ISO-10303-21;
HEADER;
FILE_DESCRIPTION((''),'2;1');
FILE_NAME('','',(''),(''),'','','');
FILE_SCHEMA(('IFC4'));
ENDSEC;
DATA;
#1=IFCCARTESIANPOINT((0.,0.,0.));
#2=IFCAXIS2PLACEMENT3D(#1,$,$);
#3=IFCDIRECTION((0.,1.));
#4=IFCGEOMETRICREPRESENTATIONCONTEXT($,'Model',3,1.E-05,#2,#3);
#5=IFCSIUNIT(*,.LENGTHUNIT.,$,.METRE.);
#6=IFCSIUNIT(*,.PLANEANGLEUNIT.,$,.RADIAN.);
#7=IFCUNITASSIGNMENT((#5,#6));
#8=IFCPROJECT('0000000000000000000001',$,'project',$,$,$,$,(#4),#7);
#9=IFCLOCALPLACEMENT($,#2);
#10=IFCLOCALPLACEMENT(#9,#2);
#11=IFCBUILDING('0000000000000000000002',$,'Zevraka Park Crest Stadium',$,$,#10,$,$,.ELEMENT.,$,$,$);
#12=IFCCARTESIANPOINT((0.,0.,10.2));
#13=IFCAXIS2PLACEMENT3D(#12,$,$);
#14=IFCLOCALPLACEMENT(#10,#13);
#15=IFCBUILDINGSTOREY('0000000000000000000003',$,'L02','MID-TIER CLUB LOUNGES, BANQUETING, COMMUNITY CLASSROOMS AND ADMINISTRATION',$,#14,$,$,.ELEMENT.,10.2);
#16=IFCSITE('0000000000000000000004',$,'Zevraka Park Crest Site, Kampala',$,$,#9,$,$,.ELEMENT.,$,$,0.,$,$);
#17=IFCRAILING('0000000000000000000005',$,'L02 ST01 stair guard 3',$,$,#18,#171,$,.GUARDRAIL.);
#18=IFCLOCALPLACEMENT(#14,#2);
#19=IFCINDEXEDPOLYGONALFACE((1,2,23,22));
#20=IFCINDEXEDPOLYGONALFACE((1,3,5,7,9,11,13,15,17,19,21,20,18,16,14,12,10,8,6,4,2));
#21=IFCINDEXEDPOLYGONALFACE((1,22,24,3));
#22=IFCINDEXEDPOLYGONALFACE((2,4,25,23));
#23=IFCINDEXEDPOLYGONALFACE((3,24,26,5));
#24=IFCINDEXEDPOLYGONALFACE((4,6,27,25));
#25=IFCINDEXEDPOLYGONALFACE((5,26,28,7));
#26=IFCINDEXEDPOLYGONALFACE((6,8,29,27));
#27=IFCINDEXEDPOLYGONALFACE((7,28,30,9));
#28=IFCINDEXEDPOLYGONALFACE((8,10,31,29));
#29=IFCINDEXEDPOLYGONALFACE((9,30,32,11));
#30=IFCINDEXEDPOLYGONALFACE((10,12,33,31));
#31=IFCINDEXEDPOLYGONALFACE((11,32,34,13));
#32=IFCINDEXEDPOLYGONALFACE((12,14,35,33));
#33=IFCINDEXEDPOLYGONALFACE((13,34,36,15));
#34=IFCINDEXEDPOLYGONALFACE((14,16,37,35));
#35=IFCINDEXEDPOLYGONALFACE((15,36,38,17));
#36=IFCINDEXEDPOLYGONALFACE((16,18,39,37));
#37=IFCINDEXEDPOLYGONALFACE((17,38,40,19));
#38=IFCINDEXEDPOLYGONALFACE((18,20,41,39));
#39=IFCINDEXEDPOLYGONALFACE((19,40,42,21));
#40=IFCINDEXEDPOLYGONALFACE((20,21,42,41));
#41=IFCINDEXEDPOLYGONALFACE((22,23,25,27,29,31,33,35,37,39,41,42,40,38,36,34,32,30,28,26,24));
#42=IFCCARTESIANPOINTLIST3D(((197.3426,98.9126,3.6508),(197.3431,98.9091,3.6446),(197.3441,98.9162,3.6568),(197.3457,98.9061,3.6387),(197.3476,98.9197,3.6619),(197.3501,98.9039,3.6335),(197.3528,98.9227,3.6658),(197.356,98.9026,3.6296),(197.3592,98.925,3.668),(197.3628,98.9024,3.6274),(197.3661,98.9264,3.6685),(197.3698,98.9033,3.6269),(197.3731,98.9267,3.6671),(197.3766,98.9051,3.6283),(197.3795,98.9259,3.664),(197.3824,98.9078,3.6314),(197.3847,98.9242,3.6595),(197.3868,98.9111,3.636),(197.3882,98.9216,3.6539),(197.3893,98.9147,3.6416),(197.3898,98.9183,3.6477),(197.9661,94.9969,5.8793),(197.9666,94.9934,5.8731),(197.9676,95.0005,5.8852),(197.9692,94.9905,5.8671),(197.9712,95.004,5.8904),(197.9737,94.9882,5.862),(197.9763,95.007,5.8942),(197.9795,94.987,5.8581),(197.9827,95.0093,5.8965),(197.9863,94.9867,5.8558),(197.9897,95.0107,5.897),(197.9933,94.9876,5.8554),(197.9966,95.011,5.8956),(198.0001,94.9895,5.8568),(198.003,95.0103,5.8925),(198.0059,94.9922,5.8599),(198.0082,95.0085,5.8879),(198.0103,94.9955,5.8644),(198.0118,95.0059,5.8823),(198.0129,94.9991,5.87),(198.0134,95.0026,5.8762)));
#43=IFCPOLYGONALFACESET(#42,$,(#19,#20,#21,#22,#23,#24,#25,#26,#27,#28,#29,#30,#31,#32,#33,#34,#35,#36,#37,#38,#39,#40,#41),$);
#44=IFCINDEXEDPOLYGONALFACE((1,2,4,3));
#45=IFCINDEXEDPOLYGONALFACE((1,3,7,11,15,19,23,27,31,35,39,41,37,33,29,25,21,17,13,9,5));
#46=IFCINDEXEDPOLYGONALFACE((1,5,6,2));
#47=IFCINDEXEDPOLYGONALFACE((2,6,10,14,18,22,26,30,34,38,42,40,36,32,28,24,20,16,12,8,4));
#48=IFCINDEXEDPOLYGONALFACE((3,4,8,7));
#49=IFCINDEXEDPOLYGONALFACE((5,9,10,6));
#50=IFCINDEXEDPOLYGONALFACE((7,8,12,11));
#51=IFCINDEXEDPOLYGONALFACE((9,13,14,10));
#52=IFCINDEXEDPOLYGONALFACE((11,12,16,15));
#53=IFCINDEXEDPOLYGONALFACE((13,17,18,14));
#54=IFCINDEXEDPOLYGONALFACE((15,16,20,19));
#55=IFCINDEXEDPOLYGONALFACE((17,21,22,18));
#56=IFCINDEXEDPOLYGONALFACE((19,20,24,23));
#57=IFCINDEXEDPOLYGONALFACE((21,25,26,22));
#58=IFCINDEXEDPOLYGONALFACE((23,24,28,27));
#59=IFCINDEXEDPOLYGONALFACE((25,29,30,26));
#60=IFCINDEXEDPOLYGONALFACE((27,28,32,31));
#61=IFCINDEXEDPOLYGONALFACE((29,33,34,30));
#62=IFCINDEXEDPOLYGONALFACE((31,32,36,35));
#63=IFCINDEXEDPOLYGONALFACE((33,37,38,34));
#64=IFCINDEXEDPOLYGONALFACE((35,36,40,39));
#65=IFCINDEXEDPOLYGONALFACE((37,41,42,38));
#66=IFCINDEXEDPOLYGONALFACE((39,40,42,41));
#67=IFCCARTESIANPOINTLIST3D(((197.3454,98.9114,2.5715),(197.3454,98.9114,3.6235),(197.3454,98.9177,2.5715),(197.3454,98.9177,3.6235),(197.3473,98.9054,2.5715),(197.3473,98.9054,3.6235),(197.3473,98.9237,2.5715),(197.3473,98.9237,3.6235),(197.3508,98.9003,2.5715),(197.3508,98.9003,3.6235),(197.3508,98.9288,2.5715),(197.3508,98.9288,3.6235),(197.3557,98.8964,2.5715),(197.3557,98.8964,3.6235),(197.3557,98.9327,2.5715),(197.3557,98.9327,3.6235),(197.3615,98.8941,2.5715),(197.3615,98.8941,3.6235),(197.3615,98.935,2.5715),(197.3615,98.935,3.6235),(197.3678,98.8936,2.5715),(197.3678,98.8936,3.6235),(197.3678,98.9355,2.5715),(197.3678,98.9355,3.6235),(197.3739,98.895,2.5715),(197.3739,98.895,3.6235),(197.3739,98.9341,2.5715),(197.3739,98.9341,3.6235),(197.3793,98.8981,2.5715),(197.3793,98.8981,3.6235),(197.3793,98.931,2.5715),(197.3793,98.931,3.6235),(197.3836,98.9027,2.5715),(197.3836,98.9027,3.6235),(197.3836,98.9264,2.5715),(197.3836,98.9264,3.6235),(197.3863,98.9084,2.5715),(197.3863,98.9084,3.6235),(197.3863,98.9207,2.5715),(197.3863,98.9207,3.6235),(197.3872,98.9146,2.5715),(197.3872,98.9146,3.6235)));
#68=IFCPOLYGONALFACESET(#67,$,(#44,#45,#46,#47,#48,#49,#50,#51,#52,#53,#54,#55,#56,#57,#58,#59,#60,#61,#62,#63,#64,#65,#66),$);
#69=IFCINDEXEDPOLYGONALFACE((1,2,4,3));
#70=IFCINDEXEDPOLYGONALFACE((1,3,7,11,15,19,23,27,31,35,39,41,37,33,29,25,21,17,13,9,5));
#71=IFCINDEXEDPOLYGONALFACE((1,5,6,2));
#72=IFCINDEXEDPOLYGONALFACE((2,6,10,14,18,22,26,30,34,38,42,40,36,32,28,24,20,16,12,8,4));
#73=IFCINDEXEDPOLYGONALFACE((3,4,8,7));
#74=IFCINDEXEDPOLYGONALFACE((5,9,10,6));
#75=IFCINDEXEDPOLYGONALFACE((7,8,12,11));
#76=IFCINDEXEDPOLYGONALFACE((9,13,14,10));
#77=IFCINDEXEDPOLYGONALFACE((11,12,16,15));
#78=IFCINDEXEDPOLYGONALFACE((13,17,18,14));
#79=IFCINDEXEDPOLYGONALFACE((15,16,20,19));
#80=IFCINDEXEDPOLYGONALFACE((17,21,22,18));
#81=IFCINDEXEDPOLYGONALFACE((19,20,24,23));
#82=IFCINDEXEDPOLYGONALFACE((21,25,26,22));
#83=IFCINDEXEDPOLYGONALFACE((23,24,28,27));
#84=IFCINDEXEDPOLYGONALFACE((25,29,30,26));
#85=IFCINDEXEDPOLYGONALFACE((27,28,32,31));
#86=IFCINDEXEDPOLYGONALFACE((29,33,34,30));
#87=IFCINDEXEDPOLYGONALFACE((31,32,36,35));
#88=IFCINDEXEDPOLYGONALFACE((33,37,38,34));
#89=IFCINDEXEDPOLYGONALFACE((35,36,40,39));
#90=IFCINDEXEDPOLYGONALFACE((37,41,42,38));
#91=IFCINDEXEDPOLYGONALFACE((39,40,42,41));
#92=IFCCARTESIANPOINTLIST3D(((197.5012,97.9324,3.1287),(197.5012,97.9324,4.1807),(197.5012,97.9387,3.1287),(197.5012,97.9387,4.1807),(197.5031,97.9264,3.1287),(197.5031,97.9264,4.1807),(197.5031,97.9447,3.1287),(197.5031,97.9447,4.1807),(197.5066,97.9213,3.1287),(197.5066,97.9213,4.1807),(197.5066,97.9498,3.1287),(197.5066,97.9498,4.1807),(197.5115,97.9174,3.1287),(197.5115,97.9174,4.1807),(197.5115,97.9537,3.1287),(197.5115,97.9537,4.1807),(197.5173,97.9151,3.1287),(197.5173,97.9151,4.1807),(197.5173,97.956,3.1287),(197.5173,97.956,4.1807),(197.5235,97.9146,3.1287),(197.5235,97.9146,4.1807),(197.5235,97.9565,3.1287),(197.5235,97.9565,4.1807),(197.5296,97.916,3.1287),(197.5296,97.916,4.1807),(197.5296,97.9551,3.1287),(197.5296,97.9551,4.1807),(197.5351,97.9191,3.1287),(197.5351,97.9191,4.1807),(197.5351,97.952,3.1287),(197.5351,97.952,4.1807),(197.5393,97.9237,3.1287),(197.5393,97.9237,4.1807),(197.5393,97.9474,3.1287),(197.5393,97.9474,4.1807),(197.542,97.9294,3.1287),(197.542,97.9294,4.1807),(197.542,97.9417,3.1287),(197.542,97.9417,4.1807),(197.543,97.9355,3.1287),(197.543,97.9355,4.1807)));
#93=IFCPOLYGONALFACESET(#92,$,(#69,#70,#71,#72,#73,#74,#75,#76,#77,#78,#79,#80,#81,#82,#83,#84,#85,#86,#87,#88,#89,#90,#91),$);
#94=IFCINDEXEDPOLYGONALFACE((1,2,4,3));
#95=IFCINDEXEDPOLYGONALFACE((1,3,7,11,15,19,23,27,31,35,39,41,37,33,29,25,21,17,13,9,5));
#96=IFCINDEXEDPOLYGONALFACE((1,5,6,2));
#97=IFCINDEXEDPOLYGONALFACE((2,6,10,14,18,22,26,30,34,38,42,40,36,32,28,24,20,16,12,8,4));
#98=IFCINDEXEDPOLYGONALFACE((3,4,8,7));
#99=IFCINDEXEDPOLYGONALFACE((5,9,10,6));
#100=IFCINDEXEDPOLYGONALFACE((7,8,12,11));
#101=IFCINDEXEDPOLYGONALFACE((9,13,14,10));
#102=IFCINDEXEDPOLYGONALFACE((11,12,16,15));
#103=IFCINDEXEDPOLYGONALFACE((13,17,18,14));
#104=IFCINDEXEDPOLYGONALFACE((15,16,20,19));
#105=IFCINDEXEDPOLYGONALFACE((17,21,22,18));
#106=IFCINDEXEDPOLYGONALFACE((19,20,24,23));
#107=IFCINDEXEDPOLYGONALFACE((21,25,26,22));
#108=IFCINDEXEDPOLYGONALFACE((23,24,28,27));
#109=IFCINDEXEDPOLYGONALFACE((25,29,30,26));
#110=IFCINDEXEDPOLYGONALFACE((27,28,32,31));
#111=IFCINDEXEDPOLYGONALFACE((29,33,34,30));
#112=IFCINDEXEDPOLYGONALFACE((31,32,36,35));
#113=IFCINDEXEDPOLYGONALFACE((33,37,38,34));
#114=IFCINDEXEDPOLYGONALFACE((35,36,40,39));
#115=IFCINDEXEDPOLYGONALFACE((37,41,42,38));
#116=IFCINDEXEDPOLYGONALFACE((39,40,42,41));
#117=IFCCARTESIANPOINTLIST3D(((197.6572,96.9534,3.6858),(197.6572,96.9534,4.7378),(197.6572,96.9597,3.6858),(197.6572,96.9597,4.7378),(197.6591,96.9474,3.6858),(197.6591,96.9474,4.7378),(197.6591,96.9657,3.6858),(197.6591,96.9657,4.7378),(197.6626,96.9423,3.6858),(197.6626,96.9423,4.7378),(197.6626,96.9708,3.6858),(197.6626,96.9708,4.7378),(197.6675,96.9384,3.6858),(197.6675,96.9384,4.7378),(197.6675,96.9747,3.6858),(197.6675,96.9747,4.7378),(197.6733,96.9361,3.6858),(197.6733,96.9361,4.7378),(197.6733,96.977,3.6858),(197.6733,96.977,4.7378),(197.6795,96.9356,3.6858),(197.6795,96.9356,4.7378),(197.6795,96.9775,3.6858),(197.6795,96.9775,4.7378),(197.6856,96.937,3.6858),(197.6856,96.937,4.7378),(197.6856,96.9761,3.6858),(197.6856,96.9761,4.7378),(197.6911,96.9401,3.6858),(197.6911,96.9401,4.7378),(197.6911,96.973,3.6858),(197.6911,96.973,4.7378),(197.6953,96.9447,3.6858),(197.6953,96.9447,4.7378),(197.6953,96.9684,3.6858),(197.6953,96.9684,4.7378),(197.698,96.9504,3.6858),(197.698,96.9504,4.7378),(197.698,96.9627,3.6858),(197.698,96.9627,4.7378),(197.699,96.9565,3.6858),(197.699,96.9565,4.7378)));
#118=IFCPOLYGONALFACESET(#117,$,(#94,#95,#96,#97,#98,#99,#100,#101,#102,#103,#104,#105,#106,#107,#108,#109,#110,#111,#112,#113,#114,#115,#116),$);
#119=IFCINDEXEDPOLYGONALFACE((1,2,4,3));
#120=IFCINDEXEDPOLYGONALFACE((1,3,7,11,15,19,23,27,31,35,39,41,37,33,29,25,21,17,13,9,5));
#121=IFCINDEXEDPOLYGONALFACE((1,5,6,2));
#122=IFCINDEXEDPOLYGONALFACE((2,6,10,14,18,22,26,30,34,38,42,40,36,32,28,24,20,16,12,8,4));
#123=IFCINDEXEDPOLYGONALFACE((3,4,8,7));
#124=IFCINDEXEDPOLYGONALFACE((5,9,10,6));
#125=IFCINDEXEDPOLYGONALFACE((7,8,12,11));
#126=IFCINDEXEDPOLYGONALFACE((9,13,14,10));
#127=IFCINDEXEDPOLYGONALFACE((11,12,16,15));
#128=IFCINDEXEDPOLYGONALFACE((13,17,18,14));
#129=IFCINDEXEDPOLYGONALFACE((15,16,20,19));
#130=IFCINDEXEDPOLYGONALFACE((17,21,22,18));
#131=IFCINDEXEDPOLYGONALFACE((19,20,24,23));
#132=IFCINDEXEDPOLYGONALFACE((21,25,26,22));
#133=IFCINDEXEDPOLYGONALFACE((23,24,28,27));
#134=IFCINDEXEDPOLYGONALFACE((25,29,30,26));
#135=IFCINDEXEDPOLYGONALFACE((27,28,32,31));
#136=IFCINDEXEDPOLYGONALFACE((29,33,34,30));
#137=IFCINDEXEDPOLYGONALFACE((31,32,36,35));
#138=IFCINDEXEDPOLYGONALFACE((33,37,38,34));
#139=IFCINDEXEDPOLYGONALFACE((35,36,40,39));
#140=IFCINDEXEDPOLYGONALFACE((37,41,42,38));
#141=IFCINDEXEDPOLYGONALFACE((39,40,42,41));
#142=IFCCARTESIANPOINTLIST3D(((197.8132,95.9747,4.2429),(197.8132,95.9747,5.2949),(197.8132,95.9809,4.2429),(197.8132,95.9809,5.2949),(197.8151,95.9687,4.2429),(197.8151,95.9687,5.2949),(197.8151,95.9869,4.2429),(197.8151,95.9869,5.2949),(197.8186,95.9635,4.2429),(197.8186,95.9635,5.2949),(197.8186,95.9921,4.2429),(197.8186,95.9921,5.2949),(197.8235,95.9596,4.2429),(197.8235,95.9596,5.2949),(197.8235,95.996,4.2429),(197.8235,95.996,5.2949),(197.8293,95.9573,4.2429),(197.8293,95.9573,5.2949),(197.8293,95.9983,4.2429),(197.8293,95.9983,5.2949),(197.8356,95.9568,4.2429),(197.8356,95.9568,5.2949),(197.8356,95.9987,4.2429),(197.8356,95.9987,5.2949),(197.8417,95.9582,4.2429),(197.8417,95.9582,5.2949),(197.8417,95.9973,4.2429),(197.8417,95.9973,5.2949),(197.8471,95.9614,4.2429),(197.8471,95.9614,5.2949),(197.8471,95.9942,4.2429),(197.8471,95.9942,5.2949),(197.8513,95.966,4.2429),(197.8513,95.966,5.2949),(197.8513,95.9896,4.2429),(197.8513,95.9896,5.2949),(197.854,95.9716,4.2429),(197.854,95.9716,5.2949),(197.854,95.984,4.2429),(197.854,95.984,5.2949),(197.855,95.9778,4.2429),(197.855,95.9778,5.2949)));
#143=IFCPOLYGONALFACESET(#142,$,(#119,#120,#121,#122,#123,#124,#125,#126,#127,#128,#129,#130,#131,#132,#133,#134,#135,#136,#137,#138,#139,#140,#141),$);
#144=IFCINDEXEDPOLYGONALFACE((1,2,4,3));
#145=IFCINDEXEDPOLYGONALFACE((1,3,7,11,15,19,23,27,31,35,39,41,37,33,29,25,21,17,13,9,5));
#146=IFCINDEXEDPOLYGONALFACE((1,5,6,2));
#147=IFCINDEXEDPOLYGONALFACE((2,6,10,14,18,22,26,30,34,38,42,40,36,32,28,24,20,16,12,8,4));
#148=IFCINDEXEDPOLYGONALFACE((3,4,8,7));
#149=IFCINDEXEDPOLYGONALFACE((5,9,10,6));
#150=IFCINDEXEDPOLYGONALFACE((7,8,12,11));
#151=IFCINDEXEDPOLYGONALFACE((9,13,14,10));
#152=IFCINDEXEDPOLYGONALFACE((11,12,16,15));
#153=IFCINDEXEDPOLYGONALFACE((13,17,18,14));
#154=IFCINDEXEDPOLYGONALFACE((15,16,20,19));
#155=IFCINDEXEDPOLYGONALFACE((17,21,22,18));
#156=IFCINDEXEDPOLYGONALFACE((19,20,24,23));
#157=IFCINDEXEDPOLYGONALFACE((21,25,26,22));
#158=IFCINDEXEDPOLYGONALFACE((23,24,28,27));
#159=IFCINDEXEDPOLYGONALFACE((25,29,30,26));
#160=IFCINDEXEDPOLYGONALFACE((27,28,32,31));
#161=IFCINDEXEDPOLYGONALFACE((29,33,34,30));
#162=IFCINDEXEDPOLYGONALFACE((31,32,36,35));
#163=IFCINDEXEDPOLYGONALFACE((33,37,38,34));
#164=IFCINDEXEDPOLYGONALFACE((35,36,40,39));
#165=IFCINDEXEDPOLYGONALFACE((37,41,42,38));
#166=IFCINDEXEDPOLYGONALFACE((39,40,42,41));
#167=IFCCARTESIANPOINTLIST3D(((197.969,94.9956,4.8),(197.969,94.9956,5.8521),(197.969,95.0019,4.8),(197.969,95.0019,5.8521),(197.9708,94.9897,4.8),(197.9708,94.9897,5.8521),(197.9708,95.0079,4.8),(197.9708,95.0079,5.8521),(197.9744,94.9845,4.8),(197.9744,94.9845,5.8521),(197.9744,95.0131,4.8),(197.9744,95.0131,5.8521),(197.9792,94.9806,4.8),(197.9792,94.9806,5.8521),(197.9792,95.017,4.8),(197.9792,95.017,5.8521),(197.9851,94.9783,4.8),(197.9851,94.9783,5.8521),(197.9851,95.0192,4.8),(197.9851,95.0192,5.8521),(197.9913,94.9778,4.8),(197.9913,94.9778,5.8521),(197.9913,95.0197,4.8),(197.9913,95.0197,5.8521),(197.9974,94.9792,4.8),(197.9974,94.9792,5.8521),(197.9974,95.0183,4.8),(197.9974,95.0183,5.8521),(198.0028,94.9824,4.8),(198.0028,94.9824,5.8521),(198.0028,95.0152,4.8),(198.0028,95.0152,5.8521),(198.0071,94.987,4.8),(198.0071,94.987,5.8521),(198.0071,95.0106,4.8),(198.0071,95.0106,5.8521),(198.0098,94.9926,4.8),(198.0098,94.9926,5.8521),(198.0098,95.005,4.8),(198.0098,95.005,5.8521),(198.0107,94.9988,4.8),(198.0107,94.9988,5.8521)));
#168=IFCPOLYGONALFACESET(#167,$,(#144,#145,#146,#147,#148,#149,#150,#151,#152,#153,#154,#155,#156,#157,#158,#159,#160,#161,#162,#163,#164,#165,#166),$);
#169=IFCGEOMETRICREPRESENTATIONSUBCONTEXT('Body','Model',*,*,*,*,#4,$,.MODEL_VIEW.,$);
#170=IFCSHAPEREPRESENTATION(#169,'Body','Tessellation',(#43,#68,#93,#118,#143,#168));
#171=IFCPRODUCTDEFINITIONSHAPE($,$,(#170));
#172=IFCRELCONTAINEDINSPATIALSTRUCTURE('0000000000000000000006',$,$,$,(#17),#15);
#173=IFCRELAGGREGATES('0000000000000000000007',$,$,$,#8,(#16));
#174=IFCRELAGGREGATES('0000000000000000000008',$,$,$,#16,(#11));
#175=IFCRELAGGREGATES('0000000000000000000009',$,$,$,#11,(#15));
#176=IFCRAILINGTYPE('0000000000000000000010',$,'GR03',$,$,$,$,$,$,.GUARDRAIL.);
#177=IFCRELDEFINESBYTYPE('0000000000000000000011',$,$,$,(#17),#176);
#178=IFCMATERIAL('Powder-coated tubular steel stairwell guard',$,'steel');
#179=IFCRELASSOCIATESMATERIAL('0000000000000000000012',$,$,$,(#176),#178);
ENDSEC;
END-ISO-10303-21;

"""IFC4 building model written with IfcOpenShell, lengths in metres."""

from ifc_helpers import new_model, si_unit, direction, frame, origin, origin_2d, place, context, subcontext, project, spatial, circle, extrude, material, type_object, element, save


model = new_model("IFC4")

# Units and contexts
model_context = context("Model", 3, precision=1e-05, world=origin(), true_north=direction((0.0, 1.0)))
body_context = subcontext(model_context, "Body", "Model", "MODEL_VIEW")
ifc_project = project(units=[si_unit("LENGTHUNIT", "METRE"), si_unit("PLANEANGLEUNIT", "RADIAN")], contexts=[model_context])

# Site, building, storey
site_placement = place(None, origin())
site = spatial("IfcSite", under=ifc_project, at=site_placement, Name="Zevraka Park Crest Site, Kampala", CompositionType="ELEMENT", RefElevation=0.0)
building_placement = place(site_placement, origin())
building = spatial("IfcBuilding", under=site, at=building_placement, Name="Zevraka Park Crest Stadium", CompositionType="ELEMENT")
storey_placement = place(building_placement, frame((0.0, 0.0, 10.2)))
storey = spatial("IfcBuildingStorey", under=building, at=storey_placement, Name="L02", Description="MID-TIER CLUB LOUNGES, BANQUETING, COMMUNITY CLASSROOMS AND ADMINISTRATION", CompositionType="ELEMENT", Elevation=10.2)

# Railing
ifc_material_1 = material(Name="Powder-coated tubular steel stairwell guard", Category="steel")
railing_type = type_object("IfcRailingType", Name="GR03", PredefinedType="GUARDRAIL", material=ifc_material_1)
railing_1_placement = place(storey_placement, frame((197.3662, 98.9146, 2.5715)))
element("IfcRailing", 1, at=railing_1_placement, inside=storey, type_object=railing_type, Name="L02 ST01 stair guard 3", PredefinedType="GUARDRAIL", context=body_context, shape_type="SweptSolid", body=[
    extrude(circle(Radius=0.0239, at=origin_2d()), frame((0.0, 0.0, 1.0762), z_axis=(0.137088, -0.860903, 0.489951), x_axis=(0.987558, 0.157256, 0.0)), (0.0, 0.0, 1.0), 4.5483),
    extrude(circle(Radius=0.021, at=origin_2d()), origin(), (0.0, 0.0, 1.0), 1.052),
    extrude(circle(Radius=0.021, at=origin_2d()), frame((0.1558, -0.979, 0.5571)), (0.0, 0.0, 1.0), 1.052),
    extrude(circle(Radius=0.021, at=origin_2d()), frame((0.3118, -1.958, 1.1143)), (0.0, 0.0, 1.0), 1.052),
    extrude(circle(Radius=0.021, at=origin_2d()), frame((0.4678, -2.9368, 1.6714)), (0.0, 0.0, 1.0), 1.052),
    extrude(circle(Radius=0.021, at=origin_2d()), frame((0.6235, -3.9158, 2.2285)), (0.0, 0.0, 1.0), 1.052),
])

save(model, "model.ifc")
